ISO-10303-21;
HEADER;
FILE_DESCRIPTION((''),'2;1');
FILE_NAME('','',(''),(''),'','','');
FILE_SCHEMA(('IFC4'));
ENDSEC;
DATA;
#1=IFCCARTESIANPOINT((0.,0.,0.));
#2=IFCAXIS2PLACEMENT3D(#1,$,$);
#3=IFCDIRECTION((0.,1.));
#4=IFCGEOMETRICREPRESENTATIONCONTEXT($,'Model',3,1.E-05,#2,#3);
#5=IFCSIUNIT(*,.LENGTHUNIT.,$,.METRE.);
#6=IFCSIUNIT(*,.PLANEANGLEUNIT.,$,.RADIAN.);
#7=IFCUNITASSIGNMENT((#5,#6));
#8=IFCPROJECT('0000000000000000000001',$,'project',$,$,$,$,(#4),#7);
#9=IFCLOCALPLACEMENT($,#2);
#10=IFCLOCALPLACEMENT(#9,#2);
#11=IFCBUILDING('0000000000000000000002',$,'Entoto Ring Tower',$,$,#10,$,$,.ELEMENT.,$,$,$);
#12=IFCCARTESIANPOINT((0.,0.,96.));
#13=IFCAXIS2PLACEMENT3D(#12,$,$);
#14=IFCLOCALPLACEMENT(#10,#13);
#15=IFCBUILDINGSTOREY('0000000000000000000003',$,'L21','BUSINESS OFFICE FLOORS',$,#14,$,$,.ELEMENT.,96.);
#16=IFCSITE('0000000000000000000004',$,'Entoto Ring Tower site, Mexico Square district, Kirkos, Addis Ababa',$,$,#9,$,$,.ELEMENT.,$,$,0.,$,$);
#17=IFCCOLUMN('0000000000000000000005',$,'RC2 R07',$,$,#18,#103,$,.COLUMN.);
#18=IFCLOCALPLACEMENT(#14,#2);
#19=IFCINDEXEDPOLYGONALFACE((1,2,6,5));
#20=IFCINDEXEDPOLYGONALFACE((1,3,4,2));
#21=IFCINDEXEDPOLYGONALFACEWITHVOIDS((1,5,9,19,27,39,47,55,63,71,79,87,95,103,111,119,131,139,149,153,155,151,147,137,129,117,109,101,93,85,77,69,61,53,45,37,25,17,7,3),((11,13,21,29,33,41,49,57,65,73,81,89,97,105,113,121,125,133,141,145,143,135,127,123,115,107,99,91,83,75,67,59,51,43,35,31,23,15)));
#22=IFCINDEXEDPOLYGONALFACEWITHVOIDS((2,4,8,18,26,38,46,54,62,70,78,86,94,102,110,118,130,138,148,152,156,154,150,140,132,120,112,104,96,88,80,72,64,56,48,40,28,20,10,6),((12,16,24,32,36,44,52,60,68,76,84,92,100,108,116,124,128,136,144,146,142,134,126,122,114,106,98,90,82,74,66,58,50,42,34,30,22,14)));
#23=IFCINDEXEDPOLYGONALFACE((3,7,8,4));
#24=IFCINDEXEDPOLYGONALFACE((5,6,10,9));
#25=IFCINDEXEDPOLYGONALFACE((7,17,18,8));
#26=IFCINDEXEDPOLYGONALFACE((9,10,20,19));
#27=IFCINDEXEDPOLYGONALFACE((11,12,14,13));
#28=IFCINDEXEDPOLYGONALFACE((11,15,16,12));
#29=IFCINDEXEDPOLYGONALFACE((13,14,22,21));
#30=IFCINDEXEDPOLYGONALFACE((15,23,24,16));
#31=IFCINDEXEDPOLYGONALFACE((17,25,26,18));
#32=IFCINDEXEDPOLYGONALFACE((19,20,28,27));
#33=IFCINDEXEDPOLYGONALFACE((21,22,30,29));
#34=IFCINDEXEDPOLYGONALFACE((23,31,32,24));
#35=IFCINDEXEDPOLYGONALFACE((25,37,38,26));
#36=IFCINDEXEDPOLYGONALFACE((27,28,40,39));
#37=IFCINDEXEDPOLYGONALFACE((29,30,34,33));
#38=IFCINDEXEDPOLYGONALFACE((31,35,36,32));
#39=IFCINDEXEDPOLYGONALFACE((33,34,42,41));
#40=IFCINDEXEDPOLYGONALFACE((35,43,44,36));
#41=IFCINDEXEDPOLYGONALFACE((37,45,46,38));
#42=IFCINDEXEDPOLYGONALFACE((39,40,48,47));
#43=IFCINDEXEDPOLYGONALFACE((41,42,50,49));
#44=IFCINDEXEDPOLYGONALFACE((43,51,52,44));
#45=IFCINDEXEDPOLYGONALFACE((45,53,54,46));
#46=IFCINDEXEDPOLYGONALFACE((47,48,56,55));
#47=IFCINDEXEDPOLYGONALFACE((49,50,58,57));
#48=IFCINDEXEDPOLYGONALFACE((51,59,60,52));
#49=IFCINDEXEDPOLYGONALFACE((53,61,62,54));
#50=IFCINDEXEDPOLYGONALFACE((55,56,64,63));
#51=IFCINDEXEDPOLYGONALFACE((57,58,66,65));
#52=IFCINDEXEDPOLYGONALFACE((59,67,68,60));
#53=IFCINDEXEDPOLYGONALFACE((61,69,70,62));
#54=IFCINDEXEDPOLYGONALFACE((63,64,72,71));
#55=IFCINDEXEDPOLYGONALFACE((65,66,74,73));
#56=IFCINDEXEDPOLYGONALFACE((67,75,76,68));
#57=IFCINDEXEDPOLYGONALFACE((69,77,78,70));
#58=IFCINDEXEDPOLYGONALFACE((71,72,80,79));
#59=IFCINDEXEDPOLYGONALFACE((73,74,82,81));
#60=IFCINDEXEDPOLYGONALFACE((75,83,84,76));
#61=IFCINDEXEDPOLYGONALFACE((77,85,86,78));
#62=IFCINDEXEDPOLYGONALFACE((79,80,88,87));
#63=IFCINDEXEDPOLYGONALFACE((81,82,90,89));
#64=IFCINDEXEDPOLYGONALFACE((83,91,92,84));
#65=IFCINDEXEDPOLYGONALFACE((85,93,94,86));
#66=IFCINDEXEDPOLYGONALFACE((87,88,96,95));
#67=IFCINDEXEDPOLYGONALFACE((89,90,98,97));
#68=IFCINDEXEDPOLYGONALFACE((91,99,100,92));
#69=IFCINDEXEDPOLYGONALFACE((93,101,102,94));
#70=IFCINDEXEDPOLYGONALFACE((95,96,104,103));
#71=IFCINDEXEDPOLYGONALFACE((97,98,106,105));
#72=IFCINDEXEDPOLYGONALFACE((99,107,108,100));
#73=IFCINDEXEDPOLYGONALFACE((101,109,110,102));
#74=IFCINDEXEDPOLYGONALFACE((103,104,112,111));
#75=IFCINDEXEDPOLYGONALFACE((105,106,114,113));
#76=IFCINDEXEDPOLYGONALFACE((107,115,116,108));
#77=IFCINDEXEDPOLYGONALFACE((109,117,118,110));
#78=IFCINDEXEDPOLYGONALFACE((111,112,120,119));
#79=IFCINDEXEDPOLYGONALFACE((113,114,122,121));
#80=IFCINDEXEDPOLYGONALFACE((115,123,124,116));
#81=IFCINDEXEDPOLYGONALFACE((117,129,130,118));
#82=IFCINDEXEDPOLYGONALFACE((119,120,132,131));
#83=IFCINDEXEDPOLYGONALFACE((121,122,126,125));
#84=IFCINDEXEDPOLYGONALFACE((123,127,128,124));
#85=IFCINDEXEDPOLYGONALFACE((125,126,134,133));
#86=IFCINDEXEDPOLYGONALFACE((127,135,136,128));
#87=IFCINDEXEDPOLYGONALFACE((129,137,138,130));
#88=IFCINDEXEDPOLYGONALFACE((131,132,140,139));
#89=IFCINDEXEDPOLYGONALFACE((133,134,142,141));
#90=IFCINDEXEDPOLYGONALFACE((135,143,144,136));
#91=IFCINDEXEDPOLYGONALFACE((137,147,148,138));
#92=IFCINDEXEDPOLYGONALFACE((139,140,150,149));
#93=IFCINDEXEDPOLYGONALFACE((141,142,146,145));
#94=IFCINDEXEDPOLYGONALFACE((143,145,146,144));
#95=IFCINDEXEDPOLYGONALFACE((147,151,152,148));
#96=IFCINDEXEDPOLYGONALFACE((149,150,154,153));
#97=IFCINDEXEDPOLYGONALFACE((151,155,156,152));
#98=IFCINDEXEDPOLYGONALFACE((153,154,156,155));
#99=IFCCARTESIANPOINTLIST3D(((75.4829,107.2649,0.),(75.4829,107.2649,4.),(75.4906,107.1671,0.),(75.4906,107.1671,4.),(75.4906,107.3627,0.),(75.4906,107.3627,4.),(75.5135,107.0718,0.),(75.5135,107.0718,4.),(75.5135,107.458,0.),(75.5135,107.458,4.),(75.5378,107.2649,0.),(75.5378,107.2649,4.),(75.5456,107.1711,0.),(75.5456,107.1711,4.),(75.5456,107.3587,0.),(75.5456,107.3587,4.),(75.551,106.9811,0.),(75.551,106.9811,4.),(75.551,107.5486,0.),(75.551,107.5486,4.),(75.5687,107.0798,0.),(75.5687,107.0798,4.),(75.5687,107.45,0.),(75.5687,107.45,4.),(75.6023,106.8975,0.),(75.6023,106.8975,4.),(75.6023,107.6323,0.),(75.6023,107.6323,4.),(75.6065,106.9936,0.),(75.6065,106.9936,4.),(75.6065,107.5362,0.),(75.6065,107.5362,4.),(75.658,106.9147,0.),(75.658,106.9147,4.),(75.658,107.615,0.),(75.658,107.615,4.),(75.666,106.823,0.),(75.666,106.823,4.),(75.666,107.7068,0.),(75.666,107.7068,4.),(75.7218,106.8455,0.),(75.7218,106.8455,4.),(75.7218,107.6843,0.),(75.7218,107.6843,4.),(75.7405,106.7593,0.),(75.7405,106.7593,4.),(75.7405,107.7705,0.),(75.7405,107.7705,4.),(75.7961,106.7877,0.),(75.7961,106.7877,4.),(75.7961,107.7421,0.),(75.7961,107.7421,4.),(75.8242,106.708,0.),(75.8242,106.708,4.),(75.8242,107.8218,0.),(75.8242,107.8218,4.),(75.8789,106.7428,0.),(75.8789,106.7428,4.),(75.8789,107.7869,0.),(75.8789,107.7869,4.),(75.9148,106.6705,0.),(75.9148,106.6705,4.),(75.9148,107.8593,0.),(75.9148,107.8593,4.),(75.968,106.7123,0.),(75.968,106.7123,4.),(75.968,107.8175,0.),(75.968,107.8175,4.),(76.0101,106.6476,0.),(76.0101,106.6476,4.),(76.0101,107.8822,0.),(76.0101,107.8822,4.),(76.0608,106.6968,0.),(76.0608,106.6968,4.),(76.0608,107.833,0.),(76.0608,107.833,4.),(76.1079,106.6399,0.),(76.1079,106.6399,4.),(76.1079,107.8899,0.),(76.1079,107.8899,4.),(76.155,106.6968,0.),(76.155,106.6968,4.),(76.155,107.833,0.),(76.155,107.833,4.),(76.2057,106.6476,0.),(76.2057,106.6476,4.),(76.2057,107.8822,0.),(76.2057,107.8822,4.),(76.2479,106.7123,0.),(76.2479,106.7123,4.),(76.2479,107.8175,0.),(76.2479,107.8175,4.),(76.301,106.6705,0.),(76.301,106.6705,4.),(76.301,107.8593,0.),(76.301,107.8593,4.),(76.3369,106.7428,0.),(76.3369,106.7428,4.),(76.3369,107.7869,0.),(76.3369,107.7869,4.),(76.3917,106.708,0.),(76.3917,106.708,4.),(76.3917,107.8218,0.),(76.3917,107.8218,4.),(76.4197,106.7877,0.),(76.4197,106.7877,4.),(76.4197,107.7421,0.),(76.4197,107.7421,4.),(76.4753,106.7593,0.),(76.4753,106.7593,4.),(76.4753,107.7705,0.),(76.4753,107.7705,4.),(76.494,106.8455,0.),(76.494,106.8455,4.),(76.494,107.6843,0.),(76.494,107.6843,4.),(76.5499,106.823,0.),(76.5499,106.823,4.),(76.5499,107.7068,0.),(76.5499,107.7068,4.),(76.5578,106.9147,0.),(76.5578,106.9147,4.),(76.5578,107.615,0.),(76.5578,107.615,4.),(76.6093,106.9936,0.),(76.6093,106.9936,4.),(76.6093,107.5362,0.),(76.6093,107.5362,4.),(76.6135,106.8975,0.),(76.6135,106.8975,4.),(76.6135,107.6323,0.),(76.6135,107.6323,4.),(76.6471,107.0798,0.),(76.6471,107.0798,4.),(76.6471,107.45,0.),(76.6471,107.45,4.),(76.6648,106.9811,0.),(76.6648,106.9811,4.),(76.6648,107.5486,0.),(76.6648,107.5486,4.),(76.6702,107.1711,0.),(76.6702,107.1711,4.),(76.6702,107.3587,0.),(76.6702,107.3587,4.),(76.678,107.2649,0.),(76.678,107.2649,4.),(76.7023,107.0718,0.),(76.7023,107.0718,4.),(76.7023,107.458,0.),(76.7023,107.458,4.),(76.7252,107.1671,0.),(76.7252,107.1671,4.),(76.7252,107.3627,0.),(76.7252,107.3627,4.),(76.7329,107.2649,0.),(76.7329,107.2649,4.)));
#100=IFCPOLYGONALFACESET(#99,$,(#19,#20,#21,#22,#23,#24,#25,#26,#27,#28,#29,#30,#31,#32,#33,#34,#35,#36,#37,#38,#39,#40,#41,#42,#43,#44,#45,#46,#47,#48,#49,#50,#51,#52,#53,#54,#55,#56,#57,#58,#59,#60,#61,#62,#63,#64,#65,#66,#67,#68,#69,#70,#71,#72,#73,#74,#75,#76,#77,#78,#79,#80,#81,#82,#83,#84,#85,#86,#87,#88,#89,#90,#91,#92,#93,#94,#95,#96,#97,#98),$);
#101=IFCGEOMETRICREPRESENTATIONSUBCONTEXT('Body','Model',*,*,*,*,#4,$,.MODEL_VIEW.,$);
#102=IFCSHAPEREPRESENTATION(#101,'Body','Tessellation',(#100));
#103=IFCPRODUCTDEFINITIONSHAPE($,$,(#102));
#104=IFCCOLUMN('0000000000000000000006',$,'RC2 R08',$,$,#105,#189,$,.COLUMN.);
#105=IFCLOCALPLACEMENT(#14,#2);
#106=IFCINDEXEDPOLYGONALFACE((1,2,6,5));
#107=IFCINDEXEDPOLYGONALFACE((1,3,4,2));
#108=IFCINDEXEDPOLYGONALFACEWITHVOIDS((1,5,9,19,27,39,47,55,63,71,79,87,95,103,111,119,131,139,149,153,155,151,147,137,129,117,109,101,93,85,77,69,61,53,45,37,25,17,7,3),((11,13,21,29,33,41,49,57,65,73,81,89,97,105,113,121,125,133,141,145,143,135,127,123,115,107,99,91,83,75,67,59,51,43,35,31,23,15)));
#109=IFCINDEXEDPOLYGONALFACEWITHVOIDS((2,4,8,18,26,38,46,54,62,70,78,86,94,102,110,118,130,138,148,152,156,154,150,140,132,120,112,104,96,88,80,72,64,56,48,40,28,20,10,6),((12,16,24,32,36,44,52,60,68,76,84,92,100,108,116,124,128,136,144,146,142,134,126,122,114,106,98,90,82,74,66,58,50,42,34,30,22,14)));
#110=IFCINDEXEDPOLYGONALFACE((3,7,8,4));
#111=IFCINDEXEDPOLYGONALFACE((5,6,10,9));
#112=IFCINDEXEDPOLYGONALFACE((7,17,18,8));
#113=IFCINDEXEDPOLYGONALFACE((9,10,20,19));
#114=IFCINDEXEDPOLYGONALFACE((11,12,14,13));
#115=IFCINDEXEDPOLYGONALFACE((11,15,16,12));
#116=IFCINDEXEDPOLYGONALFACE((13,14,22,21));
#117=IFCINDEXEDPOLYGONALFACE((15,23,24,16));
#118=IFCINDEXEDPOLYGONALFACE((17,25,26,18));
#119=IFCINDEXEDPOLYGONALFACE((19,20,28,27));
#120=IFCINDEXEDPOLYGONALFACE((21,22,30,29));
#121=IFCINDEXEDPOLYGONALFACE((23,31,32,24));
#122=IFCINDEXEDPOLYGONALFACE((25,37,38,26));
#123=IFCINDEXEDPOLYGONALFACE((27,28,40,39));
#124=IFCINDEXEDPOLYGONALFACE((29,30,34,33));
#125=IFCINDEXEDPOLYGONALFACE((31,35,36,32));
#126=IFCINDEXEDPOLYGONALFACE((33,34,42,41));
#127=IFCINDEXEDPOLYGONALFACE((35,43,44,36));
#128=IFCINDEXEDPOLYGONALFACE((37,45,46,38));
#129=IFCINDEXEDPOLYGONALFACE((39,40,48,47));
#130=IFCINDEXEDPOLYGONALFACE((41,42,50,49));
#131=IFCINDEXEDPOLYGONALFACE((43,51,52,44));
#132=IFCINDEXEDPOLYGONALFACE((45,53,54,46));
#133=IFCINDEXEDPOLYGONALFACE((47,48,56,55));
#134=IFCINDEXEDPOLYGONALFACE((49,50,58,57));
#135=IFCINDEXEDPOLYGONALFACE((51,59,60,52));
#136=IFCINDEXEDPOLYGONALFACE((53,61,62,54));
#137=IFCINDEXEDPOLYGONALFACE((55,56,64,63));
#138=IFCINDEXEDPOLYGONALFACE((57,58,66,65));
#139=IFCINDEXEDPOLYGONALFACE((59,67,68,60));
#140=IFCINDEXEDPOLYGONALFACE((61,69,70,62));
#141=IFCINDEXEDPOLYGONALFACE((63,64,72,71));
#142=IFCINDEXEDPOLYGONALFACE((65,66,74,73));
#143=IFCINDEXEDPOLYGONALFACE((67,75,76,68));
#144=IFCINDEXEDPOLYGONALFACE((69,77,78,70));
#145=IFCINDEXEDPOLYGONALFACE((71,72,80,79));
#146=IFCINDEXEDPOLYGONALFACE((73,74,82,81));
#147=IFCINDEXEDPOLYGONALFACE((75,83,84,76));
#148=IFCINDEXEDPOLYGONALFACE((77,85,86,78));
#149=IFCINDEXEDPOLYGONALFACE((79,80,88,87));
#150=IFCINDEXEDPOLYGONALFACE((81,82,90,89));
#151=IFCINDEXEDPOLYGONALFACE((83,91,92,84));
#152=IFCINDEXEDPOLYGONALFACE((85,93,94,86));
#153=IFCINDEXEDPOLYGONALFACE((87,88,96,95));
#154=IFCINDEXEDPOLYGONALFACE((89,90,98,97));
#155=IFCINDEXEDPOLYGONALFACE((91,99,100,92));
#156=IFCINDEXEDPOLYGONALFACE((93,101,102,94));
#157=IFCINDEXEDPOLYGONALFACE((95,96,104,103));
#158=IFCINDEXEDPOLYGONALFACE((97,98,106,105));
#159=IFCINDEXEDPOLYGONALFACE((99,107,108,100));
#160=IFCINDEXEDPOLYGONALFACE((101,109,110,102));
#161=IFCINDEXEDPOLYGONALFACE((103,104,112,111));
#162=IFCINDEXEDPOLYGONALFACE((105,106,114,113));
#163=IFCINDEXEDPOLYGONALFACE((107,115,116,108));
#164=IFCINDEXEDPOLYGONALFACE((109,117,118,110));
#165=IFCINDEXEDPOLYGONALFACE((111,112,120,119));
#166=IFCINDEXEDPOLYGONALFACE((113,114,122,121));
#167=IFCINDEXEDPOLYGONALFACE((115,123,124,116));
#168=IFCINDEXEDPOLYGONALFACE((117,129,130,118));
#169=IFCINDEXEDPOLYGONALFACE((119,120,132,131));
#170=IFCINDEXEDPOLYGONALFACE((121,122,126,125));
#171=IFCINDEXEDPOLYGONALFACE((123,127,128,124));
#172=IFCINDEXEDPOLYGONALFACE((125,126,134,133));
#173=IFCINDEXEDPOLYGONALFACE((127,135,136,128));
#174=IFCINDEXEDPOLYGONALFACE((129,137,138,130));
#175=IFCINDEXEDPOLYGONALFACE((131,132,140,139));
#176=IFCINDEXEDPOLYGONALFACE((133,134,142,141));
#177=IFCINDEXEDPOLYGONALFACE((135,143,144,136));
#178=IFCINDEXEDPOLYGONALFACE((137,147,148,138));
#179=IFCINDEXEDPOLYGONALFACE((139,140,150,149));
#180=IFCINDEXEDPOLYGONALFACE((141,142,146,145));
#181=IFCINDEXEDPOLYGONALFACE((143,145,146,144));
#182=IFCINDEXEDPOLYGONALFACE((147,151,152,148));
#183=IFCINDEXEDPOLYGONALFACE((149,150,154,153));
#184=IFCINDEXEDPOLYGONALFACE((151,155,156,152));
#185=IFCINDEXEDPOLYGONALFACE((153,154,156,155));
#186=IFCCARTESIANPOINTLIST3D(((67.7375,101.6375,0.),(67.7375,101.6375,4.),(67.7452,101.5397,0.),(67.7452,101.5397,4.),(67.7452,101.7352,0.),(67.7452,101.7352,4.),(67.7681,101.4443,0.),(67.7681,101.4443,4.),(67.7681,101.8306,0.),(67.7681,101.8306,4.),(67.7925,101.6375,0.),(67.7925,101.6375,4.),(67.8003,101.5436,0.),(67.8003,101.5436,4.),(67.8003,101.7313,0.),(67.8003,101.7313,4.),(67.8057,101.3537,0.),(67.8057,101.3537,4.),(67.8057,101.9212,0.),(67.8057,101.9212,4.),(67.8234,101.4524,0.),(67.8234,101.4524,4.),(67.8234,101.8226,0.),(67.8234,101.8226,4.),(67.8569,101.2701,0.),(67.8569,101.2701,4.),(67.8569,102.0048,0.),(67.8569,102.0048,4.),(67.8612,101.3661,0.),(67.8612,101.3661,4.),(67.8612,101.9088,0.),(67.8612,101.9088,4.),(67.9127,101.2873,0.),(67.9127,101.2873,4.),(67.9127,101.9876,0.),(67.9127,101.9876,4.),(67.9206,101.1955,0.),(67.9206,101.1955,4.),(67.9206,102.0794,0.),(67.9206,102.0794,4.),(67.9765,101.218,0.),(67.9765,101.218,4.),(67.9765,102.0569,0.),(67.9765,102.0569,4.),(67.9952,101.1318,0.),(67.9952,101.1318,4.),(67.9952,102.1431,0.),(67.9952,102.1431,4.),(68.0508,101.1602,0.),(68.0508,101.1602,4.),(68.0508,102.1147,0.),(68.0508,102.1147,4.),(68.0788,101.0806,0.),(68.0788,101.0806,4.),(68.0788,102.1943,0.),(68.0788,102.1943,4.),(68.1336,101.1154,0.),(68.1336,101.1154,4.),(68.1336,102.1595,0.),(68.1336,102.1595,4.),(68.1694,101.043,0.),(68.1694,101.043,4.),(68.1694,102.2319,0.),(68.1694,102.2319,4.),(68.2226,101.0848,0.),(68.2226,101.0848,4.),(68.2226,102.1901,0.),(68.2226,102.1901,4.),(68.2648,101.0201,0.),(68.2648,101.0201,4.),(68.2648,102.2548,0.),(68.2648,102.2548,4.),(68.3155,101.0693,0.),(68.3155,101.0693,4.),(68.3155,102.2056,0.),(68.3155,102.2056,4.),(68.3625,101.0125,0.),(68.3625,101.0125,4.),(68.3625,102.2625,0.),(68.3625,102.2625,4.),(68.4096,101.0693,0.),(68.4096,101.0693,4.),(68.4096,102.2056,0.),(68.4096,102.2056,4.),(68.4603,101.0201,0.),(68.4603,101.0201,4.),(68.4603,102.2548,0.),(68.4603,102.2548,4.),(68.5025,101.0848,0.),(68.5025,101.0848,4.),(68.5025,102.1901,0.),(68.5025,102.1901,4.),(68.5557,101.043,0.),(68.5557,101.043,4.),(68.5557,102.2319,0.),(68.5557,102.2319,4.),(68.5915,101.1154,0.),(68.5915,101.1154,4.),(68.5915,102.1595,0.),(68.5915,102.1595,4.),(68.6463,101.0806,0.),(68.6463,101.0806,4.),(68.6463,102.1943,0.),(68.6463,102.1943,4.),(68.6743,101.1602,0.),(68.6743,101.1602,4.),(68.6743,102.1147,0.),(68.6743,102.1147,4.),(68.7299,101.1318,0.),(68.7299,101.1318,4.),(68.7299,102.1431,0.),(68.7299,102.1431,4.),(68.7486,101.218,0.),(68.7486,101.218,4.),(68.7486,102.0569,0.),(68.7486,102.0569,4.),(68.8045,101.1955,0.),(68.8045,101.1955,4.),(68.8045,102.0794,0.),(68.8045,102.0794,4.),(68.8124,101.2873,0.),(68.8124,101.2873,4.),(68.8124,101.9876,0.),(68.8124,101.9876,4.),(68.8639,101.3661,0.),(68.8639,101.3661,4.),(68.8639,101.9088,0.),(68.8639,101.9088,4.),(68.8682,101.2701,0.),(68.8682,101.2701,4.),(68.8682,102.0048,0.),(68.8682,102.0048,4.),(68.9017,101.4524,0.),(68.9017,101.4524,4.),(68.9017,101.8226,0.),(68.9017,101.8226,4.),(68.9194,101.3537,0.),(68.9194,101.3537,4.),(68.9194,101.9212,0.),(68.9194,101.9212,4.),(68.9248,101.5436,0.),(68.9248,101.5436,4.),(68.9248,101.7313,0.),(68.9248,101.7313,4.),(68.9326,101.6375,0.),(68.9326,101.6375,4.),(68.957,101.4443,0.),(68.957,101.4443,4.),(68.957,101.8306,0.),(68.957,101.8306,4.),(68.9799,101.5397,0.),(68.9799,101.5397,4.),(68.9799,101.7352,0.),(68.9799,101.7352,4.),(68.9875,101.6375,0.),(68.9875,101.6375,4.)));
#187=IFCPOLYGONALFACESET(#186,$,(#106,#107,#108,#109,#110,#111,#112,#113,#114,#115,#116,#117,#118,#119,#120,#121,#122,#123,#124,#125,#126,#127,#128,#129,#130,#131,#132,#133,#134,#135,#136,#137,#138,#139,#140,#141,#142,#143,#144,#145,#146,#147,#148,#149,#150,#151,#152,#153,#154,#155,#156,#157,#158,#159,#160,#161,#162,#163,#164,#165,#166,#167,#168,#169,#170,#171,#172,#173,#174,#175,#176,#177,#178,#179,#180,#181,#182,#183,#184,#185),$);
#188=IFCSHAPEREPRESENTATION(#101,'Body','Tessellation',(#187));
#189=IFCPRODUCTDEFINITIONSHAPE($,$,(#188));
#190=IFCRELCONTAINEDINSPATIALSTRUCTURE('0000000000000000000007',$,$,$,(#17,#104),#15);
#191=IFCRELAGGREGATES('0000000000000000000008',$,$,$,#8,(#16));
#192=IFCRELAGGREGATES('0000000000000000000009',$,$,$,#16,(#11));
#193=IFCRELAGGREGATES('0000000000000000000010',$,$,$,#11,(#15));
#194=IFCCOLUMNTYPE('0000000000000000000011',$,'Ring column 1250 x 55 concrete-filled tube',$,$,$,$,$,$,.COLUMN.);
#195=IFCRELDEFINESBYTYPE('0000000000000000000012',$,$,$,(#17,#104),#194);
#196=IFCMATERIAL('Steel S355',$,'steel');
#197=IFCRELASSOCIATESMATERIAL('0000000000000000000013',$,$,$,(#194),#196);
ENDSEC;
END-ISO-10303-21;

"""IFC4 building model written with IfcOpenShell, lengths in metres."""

from ifc_helpers import new_model, si_unit, direction, frame, origin, origin_2d, place, context, subcontext, project, spatial, circle, hollow_circle, extrude, material, material_profile, profile_set, type_object, element, save


model = new_model("IFC4")

# Units and contexts
model_context = context("Model", 3, precision=1e-05, world=origin(), true_north=direction((0.0, 1.0)))
body_context = subcontext(model_context, "Body", "Model", "MODEL_VIEW")
ifc_project = project(units=[si_unit("LENGTHUNIT", "METRE"), si_unit("PLANEANGLEUNIT", "RADIAN")], contexts=[model_context])

# Site, building, storey
site_placement = place(None, origin())
site = spatial("IfcSite", under=ifc_project, at=site_placement, Name="Entoto Ring Tower site, Mexico Square district, Kirkos, Addis Ababa", CompositionType="ELEMENT", RefElevation=0.0)
building_placement = place(site_placement, origin())
building = spatial("IfcBuilding", under=site, at=building_placement, Name="Entoto Ring Tower", CompositionType="ELEMENT")
storey_placement = place(building_placement, frame((0.0, 0.0, 96.0)))
storey = spatial("IfcBuildingStorey", under=building, at=storey_placement, Name="L21", Description="BUSINESS OFFICE FLOORS", CompositionType="ELEMENT", Elevation=96.0)

# Columns
ifc_material_1 = material(Name="Steel S355", Category="steel")
ifc_material_profile_1 = material_profile(ifc_material_1, hollow_circle(Radius=0.625, WallThickness=0.0549, at=origin_2d()), Name="CHS 1250 x 55")
ifc_material_2 = material(Name="Concrete C60/75", Category="concrete")
ifc_material_profile_2 = material_profile(ifc_material_2, circle(Radius=0.5701, at=origin_2d()), Name="Concrete C60/75 infill")
ifc_profile_set_1 = profile_set([ifc_material_profile_1, ifc_material_profile_2], Name="Steel S355")
column_type = type_object("IfcColumnType", Name="Ring column 1250 x 55 concrete-filled tube", PredefinedType="COLUMN", material=ifc_profile_set_1)
for number, where, z_axis, x_axis, name in (
    (1, (76.1079, 107.2649, 0.0), (0.0, 0.0, 1.0), (1.0, 0.0, 0.0), "RC2 R07"),
    (2, (68.3625, 101.6375, 0.0), (0.0, 0.0, 1.0), (1.0, 0.0, 0.0), "RC2 R08"),
):
    element("IfcColumn", number, at=place(storey_placement, frame(where, z_axis=z_axis, x_axis=x_axis)), inside=storey, type_object=column_type, Name=name, PredefinedType="COLUMN", context=body_context, shape_type="SweptSolid", body=[
        extrude(hollow_circle(Radius=0.625, WallThickness=0.0549, at=origin_2d()), origin(), (0.0, 0.0, 1.0), 4.0),
    ])

save(model, "model.ifc")
